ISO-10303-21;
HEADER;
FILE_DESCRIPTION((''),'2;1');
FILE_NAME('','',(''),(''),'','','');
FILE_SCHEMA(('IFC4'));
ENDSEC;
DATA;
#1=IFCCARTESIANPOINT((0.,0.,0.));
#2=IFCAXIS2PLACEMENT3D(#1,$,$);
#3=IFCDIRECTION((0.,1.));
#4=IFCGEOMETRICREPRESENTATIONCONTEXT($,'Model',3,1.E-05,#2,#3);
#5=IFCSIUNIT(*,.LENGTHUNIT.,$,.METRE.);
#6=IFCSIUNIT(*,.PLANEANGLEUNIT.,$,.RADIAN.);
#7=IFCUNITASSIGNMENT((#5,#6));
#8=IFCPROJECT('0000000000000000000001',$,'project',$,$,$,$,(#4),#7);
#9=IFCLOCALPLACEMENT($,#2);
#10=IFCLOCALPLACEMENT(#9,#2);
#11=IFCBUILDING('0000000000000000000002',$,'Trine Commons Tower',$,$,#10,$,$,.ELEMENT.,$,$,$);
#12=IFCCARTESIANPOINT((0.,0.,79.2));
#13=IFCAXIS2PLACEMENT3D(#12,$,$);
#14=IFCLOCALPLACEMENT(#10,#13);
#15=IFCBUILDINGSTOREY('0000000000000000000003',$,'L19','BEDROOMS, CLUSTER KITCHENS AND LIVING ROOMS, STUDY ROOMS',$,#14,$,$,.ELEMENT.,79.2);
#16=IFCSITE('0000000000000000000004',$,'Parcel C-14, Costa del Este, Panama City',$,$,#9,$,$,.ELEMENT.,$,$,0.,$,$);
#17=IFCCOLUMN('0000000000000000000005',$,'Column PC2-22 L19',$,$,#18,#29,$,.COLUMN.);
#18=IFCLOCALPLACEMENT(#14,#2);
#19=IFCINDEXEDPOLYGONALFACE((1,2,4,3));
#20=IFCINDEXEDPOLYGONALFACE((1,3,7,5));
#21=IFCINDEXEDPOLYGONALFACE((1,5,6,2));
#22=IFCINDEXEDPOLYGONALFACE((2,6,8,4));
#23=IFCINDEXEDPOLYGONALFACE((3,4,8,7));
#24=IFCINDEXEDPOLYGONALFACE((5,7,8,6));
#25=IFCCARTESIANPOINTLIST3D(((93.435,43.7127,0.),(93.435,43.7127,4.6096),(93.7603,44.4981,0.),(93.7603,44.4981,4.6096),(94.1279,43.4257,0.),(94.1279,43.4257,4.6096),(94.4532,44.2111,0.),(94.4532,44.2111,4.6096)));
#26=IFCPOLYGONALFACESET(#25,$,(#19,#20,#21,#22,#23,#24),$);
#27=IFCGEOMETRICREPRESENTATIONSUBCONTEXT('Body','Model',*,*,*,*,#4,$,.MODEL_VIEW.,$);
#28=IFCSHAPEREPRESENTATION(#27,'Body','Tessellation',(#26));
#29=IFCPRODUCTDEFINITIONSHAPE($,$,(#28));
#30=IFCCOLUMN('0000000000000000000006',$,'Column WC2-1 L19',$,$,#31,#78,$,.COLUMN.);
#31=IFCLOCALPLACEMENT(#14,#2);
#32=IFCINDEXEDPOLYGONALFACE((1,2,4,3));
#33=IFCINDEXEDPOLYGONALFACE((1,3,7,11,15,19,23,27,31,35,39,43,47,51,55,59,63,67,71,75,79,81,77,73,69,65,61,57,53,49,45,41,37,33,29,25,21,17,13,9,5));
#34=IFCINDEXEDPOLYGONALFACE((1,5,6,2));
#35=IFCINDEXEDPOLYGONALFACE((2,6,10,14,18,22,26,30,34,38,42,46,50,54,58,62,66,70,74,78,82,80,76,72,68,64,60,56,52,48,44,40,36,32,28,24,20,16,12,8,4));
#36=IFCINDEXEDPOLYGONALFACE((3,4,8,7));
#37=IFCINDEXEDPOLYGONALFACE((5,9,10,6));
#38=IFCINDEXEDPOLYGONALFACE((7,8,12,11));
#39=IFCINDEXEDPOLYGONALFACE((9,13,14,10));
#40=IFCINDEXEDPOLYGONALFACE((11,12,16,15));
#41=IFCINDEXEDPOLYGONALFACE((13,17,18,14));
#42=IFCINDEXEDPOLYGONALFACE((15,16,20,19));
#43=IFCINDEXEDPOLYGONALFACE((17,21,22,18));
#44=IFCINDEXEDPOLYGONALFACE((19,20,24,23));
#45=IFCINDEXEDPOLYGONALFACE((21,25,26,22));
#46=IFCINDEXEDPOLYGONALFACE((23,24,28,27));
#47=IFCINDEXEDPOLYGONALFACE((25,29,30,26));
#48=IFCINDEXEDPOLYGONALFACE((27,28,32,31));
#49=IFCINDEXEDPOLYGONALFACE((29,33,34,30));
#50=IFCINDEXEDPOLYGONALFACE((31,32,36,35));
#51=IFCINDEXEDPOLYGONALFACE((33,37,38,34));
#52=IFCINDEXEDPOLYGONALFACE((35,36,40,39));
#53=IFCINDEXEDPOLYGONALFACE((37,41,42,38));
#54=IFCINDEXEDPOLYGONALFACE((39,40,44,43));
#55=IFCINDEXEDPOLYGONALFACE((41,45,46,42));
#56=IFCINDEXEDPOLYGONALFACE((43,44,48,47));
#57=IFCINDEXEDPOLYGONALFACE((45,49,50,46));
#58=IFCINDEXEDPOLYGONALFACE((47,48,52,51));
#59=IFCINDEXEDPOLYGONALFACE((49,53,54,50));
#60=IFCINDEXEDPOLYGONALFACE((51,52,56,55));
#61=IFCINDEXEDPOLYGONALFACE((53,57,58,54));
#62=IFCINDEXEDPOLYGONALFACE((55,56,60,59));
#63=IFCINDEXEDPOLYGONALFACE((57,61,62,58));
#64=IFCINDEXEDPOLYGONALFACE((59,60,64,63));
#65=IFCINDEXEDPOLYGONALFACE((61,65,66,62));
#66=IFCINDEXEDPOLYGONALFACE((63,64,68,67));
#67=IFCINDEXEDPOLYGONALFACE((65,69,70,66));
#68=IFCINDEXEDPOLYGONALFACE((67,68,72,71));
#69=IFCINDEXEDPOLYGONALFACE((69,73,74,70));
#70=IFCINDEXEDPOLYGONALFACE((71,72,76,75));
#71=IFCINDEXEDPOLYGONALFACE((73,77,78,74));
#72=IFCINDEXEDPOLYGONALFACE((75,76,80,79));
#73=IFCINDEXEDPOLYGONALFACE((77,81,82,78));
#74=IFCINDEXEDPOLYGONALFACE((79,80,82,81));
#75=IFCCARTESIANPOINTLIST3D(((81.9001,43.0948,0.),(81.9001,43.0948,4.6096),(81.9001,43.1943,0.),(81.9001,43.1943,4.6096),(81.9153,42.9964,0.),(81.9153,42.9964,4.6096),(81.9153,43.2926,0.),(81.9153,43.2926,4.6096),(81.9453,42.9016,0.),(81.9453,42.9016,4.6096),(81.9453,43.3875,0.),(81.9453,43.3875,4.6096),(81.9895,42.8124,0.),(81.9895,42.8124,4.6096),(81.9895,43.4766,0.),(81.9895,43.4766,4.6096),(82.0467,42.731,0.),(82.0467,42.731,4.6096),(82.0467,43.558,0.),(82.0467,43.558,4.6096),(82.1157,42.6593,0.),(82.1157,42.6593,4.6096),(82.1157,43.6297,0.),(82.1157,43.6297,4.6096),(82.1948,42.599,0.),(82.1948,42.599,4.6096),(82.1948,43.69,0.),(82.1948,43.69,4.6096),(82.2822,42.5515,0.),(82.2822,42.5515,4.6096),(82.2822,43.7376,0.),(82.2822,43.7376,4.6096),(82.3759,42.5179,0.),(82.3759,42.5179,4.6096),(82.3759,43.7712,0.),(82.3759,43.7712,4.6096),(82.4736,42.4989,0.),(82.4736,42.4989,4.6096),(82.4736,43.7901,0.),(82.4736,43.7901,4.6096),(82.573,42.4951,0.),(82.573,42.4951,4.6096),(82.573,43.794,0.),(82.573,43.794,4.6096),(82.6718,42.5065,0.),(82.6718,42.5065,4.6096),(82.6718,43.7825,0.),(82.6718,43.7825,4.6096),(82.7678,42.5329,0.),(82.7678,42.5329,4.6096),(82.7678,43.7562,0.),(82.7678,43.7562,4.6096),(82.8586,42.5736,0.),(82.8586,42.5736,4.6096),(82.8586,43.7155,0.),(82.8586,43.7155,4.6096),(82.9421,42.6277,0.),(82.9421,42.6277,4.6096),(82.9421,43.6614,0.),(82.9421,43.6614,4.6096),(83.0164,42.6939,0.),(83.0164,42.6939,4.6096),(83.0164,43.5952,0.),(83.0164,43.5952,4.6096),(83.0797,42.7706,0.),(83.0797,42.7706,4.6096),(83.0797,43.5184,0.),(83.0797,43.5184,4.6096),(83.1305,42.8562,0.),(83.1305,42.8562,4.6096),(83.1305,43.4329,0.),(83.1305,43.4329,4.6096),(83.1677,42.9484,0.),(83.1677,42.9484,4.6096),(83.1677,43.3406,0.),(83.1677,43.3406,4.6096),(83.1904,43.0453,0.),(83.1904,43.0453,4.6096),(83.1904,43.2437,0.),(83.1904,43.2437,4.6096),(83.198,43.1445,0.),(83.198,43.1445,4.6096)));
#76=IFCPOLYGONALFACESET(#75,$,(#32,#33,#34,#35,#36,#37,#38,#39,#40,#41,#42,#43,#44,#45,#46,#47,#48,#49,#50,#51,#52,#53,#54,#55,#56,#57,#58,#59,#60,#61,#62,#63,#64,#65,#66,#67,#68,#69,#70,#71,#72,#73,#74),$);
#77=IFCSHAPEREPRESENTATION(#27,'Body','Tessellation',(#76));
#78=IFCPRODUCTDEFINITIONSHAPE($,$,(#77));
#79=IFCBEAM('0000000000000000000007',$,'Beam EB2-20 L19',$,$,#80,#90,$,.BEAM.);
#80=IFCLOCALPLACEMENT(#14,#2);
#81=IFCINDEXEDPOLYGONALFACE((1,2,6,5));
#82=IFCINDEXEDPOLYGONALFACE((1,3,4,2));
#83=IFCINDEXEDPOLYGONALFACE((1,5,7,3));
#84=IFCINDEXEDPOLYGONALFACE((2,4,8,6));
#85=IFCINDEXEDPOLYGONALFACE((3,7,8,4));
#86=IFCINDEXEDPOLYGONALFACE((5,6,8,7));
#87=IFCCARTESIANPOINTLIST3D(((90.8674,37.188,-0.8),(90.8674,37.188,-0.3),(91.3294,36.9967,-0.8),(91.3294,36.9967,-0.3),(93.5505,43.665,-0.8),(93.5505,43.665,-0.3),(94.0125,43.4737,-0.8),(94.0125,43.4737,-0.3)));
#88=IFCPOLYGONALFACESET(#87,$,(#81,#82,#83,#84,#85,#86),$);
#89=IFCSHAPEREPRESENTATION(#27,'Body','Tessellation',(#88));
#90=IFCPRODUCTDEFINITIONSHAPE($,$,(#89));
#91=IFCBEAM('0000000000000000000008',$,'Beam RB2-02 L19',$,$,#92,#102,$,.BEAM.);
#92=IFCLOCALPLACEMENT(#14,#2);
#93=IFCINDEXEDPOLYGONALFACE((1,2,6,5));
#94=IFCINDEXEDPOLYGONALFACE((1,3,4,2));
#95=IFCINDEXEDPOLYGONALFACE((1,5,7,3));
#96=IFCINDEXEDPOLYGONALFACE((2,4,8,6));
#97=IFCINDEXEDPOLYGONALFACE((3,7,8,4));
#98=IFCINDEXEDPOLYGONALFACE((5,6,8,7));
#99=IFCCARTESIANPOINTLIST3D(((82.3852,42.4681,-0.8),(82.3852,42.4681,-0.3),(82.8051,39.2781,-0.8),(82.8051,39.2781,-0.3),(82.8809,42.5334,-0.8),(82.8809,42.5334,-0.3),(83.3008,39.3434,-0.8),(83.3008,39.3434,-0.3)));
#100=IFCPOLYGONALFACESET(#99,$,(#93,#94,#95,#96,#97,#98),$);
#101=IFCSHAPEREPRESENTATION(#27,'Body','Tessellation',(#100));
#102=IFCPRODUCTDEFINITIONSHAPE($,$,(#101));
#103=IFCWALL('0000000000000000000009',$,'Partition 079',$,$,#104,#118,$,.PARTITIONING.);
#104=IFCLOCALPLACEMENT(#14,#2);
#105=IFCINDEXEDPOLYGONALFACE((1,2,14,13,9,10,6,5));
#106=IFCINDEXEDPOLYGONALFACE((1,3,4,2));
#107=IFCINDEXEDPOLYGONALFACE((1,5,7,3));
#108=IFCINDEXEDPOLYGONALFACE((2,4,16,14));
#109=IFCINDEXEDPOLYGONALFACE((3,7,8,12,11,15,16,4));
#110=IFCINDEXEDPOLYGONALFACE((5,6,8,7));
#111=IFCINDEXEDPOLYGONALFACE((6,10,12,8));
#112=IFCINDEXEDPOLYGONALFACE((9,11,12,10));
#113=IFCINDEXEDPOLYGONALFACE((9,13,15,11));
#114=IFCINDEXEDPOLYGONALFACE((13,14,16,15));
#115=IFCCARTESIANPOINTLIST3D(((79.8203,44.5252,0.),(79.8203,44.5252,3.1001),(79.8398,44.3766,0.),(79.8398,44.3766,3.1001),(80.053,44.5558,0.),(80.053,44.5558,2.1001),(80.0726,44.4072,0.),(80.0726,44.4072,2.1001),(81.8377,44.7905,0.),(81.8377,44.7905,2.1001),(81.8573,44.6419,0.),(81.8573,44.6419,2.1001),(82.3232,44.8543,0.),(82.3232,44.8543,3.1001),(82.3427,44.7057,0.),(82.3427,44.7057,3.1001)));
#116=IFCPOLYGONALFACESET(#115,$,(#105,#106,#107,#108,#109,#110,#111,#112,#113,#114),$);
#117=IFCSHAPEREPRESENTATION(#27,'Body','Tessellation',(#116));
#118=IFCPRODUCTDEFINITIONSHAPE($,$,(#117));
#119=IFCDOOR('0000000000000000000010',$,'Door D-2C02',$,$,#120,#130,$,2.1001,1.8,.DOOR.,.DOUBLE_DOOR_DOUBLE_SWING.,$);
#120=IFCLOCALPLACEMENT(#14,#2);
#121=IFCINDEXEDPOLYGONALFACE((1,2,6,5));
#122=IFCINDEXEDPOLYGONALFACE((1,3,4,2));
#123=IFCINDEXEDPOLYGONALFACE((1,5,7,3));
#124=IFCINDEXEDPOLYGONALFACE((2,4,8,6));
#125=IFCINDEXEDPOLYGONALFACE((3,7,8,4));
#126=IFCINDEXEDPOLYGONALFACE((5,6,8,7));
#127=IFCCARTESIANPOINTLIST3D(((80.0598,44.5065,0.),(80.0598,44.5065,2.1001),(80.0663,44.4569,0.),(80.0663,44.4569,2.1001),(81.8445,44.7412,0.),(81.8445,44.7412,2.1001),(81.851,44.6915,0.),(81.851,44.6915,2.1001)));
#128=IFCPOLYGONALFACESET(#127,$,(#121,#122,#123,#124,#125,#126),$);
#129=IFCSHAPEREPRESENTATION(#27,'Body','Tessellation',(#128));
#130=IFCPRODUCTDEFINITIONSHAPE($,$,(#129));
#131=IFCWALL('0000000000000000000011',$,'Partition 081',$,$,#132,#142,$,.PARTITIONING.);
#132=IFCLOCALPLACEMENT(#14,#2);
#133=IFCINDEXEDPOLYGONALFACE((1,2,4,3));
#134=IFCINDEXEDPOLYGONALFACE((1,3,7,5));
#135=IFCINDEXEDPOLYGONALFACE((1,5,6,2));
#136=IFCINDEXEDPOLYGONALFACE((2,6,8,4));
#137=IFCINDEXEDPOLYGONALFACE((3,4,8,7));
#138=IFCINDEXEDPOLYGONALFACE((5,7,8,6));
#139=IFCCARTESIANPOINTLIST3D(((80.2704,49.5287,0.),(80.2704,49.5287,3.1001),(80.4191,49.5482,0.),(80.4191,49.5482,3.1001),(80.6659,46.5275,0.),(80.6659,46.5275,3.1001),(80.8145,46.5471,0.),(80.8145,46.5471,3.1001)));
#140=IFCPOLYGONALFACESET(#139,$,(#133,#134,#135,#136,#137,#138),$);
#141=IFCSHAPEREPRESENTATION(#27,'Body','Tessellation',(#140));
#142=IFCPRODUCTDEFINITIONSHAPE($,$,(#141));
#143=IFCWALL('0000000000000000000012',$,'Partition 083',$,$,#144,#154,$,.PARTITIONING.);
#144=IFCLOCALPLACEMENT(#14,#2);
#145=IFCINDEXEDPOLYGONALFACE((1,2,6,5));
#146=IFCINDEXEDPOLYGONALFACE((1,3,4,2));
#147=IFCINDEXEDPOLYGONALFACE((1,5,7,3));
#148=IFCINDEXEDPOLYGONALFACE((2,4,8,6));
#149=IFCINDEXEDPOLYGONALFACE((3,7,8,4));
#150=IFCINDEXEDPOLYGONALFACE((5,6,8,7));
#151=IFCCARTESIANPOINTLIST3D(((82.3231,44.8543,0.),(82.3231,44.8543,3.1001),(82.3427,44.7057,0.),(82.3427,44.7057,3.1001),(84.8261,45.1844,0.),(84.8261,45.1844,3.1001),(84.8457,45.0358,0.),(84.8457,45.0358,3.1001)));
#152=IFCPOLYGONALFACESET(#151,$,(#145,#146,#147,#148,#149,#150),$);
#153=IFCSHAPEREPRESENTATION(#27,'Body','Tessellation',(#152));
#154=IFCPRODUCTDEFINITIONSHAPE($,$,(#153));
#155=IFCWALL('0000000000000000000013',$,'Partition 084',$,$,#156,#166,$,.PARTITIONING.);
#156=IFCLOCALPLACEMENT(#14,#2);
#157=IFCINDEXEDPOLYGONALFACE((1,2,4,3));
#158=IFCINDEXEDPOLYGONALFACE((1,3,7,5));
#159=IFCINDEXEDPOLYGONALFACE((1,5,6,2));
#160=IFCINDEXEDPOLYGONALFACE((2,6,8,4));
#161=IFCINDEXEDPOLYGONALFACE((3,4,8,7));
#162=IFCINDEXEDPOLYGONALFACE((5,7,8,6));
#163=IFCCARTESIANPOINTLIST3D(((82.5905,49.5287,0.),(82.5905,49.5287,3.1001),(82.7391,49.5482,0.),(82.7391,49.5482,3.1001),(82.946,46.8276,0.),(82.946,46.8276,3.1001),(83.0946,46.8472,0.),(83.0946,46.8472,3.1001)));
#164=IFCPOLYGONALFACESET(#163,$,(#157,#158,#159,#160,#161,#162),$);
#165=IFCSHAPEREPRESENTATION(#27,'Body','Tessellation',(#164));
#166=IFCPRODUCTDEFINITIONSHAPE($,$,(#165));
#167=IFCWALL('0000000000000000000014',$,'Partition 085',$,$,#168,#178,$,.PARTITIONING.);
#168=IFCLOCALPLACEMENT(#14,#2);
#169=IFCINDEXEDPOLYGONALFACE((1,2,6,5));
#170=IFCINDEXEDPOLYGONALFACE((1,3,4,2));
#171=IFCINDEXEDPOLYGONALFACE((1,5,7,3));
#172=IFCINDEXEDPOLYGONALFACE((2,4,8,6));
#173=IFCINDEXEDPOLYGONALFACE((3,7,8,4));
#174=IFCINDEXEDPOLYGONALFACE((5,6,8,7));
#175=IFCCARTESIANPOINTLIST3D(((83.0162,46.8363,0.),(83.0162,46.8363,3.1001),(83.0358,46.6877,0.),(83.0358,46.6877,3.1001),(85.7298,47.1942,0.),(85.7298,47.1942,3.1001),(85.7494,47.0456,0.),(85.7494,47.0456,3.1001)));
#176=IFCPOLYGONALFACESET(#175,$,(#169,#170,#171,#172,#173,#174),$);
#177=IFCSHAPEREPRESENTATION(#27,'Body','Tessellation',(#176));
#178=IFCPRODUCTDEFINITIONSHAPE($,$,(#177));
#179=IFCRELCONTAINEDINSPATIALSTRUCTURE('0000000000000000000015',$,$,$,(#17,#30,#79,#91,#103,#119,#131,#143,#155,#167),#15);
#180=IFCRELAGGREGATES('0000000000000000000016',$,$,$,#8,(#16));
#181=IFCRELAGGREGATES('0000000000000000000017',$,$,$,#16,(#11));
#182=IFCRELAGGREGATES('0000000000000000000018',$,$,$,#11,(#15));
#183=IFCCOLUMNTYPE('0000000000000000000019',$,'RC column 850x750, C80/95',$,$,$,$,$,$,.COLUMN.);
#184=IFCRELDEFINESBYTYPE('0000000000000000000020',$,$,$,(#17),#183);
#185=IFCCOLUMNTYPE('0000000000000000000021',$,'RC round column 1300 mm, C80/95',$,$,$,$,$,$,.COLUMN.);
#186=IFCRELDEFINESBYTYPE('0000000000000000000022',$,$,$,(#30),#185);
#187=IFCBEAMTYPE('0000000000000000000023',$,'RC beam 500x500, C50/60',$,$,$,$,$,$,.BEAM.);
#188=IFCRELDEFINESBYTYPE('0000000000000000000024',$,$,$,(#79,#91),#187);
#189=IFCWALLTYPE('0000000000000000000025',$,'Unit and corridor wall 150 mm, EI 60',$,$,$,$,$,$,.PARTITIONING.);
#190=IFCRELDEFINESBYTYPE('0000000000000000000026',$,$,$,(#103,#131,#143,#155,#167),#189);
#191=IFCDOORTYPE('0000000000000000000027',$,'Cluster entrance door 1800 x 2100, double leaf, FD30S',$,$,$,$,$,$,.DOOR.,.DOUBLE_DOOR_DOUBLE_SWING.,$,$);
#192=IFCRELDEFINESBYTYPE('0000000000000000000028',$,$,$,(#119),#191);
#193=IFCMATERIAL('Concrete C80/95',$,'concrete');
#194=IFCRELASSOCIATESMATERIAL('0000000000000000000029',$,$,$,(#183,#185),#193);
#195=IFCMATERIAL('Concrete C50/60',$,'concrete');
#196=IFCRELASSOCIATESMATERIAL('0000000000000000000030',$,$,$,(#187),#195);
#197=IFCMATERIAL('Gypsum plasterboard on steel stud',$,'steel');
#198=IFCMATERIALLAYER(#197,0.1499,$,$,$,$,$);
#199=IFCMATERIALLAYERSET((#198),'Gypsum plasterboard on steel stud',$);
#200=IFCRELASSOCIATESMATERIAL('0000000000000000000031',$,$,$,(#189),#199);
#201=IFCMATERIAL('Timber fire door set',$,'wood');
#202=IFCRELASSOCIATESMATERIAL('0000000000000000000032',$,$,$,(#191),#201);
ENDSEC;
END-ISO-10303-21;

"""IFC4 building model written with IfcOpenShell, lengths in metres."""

from ifc_helpers import new_model, si_unit, direction, frame, frame_2d, origin, origin_2d, place, context, subcontext, project, spatial, rectangle, circle, extrude, material, layer, layer_set, material_profile, profile_set, type_object, element, fill, save


model = new_model("IFC4")

# Units and contexts
model_context = context("Model", 3, precision=1e-05, world=origin(), true_north=direction((0.0, 1.0)))
body_context = subcontext(model_context, "Body", "Model", "MODEL_VIEW")
ifc_project = project(units=[si_unit("LENGTHUNIT", "METRE"), si_unit("PLANEANGLEUNIT", "RADIAN")], contexts=[model_context])

# Site, building, storey
site_placement = place(None, origin())
site = spatial("IfcSite", under=ifc_project, at=site_placement, Name="Parcel C-14, Costa del Este, Panama City", CompositionType="ELEMENT", RefElevation=0.0)
building_placement = place(site_placement, origin())
building = spatial("IfcBuilding", under=site, at=building_placement, Name="Trine Commons Tower", CompositionType="ELEMENT")
storey_placement = place(building_placement, frame((0.0, 0.0, 79.2)))
storey = spatial("IfcBuildingStorey", under=building, at=storey_placement, Name="L19", Description="BEDROOMS, CLUSTER KITCHENS AND LIVING ROOMS, STUDY ROOMS", CompositionType="ELEMENT", Elevation=79.2)

# Columns
ifc_material_1 = material(Name="Concrete C80/95", Category="concrete")
ifc_material_profile_1 = material_profile(ifc_material_1, rectangle(XDim=0.8501, YDim=0.75, at=origin_2d()), Name="RC 850x750")
ifc_profile_set_1 = profile_set([ifc_material_profile_1], Name="Concrete C80/95")
column_type_1 = type_object("IfcColumnType", Name="RC column 850x750, C80/95", PredefinedType="COLUMN", material=ifc_profile_set_1)
column_1_placement = place(storey_placement, frame((93.9441, 43.9619, 0.0), z_axis=(0.0, 0.0, 1.0), x_axis=(0.382683, 0.92388, 0.0)))
element("IfcColumn", 1, at=column_1_placement, inside=storey, type_object=column_type_1, Name="Column PC2-22 L19", PredefinedType="COLUMN", context=body_context, shape_type="SweptSolid", body=[
    extrude(rectangle(XDim=0.8501, YDim=0.75, at=origin_2d()), origin(), (0.0, 0.0, 1.0), 4.6096),
])
ifc_material_profile_2 = material_profile(ifc_material_1, circle(Radius=0.6499, at=origin_2d()), Name="RC round 1300")
ifc_profile_set_2 = profile_set([ifc_material_profile_2], Name="Concrete C80/95")
column_type_2 = type_object("IfcColumnType", Name="RC round column 1300 mm, C80/95", PredefinedType="COLUMN", material=ifc_profile_set_2)
column_2_placement = place(storey_placement, frame((82.5481, 43.1445, 0.0), z_axis=(0.0, 0.0, 1.0), x_axis=(1.0, 0.0, 0.0)))
element("IfcColumn", 2, at=column_2_placement, inside=storey, type_object=column_type_2, Name="Column WC2-1 L19", PredefinedType="COLUMN", context=body_context, shape_type="SweptSolid", body=[
    extrude(circle(Radius=0.6499, at=origin_2d()), origin(), (0.0, 0.0, 1.0), 4.6096),
])

# Beams
ifc_material_2 = material(Name="Concrete C50/60", Category="concrete")
ifc_material_profile_3 = material_profile(ifc_material_2, rectangle(XDim=0.5, YDim=0.5, at=origin_2d()), Name="RC 500x500")
ifc_profile_set_3 = profile_set([ifc_material_profile_3], Name="Concrete C50/60")
beam_type = type_object("IfcBeamType", Name="RC beam 500x500, C50/60", PredefinedType="BEAM", material=ifc_profile_set_3)
beam_1_placement = place(storey_placement, frame((93.7815, 43.5693, -0.55), z_axis=(-0.382711, -0.923868, 0.0), x_axis=(0.923868, -0.382711, 0.0)))
element("IfcBeam", 3, at=beam_1_placement, inside=storey, type_object=beam_type, Name="Beam EB2-20 L19", PredefinedType="BEAM", context=body_context, shape_type="SweptSolid", body=[
    extrude(rectangle(XDim=0.5, YDim=0.5, at=origin_2d()), origin(), (0.0, 0.0, 1.0), 7.0107),
])
beam_2_placement = place(storey_placement, frame((82.6331, 42.5007, -0.55), z_axis=(0.130513, -0.991447, 0.0), x_axis=(0.991447, 0.130513, 0.0)))
element("IfcBeam", 4, at=beam_2_placement, inside=storey, type_object=beam_type, Name="Beam RB2-02 L19", PredefinedType="BEAM", context=body_context, shape_type="SweptSolid", body=[
    extrude(rectangle(XDim=0.5, YDim=0.5, at=origin_2d()), origin(), (0.0, 0.0, 1.0), 3.2175),
])

# Wall, opening, door
ifc_material_3 = material(Name="Gypsum plasterboard on steel stud", Category="steel")
ifc_layer_1 = layer(ifc_material_3, 0.1499)
ifc_layer_set_1 = layer_set([ifc_layer_1], Name="Gypsum plasterboard on steel stud")
wall_type_1 = type_object("IfcWallType", Name="Unit and corridor wall 150 mm, EI 60", PredefinedType="PARTITIONING", material=ifc_layer_set_1)
wall_1_placement = place(storey_placement, frame((79.8301, 44.4509, 0.0), z_axis=(0.0, 0.0, 1.0), x_axis=(0.991466, 0.130364, 0.0)))
wall_1 = element("IfcWall", 5, at=wall_1_placement, inside=storey, type_object=wall_type_1, Name="Partition 079", PredefinedType="PARTITIONING", context=body_context, shape_type="SweptSolid", body=[
    extrude(rectangle(XDim=2.5244, YDim=0.1499, at=frame_2d((1.2622, 0.0))), origin(), (0.0, 0.0, 1.0), 3.1001),
])
opening_1_placement = place(wall_1_placement, frame((0.2349, 0.0, 0.0)))
opening_1 = element("IfcOpeningElement", 6, at=opening_1_placement, cuts=wall_1, PredefinedType="OPENING", context=body_context, shape_type="SweptSolid", body=[
    extrude(rectangle(XDim=1.8, YDim=2.1001, at=frame_2d((0.8999, 1.05))), frame((0.0, 0.085, 0.0), z_axis=(0.0, -1.0, 0.0), x_axis=(1.0, 0.0, 0.0)), (0.0, 0.0, 1.0), 0.1699),
])
ifc_material_4 = material(Name="Timber fire door set", Category="wood")
door_type_1 = type_object("IfcDoorType", Name="Cluster entrance door 1800 x 2100, double leaf, FD30S", OperationType="DOUBLE_DOOR_DOUBLE_SWING", PredefinedType="DOOR", material=ifc_material_4)
door_1_placement = place(opening_1_placement, frame((1.8, 0.0, 0.0), z_axis=(0.0, 0.0, 1.0), x_axis=(-1.0, 0.0, 0.0)))
door_1 = element("IfcDoor", 7, at=door_1_placement, inside=storey, type_object=door_type_1, Name="Door D-2C02", OperationType="DOUBLE_DOOR_DOUBLE_SWING", OverallHeight=2.1001, OverallWidth=1.8, PredefinedType="DOOR", context=body_context, shape_type="SweptSolid", body=[
    extrude(rectangle(XDim=1.8, YDim=2.1001, at=frame_2d((0.8999, 1.05))), frame((0.0, 0.0249, 0.0), z_axis=(0.0, -1.0, 0.0), x_axis=(1.0, 0.0, 0.0)), (0.0, 0.0, 1.0), 0.05),
])
fill(opening_1, door_1)

# Walls
wall_2_placement = place(storey_placement, frame((80.3447, 49.5386, 0.0), z_axis=(0.0, 0.0, 1.0), x_axis=(0.130653, -0.991428, 0.0)))
element("IfcWall", 8, at=wall_2_placement, inside=storey, type_object=wall_type_1, Name="Partition 081", PredefinedType="PARTITIONING", context=body_context, shape_type="SweptSolid", body=[
    extrude(rectangle(XDim=3.0271, YDim=0.1499, at=frame_2d((1.5137, 0.0))), origin(), (0.0, 0.0, 1.0), 3.1001),
])
wall_3_placement = place(storey_placement, frame((82.333, 44.78, 0.0), z_axis=(0.0, 0.0, 1.0), x_axis=(0.991416, 0.130745, 0.0)))
element("IfcWall", 9, at=wall_3_placement, inside=storey, type_object=wall_type_1, Name="Partition 083", PredefinedType="PARTITIONING", context=body_context, shape_type="SweptSolid", body=[
    extrude(rectangle(XDim=2.5247, YDim=0.1499, at=frame_2d((1.2622, 0.0))), origin(), (0.0, 0.0, 1.0), 3.1001),
])
wall_4_placement = place(storey_placement, frame((82.6648, 49.5386, 0.0), z_axis=(0.0, 0.0, 1.0), x_axis=(0.130473, -0.991452, 0.0)))
element("IfcWall", 10, at=wall_4_placement, inside=storey, type_object=wall_type_1, Name="Partition 084", PredefinedType="PARTITIONING", context=body_context, shape_type="SweptSolid", body=[
    extrude(rectangle(XDim=2.7244, YDim=0.1499, at=frame_2d((1.3623, 0.0))), origin(), (0.0, 0.0, 1.0), 3.1001),
])
wall_5_placement = place(storey_placement, frame((83.0259, 46.762, 0.0), z_axis=(0.0, 0.0, 1.0), x_axis=(0.991414, 0.130761, 0.0)))
element("IfcWall", 11, at=wall_5_placement, inside=storey, type_object=wall_type_1, Name="Partition 085", PredefinedType="PARTITIONING", context=body_context, shape_type="SweptSolid", body=[
    extrude(rectangle(XDim=2.7371, YDim=0.1499, at=frame_2d((1.3687, 0.0))), origin(), (0.0, 0.0, 1.0), 3.1001),
])

save(model, "model.ifc")
